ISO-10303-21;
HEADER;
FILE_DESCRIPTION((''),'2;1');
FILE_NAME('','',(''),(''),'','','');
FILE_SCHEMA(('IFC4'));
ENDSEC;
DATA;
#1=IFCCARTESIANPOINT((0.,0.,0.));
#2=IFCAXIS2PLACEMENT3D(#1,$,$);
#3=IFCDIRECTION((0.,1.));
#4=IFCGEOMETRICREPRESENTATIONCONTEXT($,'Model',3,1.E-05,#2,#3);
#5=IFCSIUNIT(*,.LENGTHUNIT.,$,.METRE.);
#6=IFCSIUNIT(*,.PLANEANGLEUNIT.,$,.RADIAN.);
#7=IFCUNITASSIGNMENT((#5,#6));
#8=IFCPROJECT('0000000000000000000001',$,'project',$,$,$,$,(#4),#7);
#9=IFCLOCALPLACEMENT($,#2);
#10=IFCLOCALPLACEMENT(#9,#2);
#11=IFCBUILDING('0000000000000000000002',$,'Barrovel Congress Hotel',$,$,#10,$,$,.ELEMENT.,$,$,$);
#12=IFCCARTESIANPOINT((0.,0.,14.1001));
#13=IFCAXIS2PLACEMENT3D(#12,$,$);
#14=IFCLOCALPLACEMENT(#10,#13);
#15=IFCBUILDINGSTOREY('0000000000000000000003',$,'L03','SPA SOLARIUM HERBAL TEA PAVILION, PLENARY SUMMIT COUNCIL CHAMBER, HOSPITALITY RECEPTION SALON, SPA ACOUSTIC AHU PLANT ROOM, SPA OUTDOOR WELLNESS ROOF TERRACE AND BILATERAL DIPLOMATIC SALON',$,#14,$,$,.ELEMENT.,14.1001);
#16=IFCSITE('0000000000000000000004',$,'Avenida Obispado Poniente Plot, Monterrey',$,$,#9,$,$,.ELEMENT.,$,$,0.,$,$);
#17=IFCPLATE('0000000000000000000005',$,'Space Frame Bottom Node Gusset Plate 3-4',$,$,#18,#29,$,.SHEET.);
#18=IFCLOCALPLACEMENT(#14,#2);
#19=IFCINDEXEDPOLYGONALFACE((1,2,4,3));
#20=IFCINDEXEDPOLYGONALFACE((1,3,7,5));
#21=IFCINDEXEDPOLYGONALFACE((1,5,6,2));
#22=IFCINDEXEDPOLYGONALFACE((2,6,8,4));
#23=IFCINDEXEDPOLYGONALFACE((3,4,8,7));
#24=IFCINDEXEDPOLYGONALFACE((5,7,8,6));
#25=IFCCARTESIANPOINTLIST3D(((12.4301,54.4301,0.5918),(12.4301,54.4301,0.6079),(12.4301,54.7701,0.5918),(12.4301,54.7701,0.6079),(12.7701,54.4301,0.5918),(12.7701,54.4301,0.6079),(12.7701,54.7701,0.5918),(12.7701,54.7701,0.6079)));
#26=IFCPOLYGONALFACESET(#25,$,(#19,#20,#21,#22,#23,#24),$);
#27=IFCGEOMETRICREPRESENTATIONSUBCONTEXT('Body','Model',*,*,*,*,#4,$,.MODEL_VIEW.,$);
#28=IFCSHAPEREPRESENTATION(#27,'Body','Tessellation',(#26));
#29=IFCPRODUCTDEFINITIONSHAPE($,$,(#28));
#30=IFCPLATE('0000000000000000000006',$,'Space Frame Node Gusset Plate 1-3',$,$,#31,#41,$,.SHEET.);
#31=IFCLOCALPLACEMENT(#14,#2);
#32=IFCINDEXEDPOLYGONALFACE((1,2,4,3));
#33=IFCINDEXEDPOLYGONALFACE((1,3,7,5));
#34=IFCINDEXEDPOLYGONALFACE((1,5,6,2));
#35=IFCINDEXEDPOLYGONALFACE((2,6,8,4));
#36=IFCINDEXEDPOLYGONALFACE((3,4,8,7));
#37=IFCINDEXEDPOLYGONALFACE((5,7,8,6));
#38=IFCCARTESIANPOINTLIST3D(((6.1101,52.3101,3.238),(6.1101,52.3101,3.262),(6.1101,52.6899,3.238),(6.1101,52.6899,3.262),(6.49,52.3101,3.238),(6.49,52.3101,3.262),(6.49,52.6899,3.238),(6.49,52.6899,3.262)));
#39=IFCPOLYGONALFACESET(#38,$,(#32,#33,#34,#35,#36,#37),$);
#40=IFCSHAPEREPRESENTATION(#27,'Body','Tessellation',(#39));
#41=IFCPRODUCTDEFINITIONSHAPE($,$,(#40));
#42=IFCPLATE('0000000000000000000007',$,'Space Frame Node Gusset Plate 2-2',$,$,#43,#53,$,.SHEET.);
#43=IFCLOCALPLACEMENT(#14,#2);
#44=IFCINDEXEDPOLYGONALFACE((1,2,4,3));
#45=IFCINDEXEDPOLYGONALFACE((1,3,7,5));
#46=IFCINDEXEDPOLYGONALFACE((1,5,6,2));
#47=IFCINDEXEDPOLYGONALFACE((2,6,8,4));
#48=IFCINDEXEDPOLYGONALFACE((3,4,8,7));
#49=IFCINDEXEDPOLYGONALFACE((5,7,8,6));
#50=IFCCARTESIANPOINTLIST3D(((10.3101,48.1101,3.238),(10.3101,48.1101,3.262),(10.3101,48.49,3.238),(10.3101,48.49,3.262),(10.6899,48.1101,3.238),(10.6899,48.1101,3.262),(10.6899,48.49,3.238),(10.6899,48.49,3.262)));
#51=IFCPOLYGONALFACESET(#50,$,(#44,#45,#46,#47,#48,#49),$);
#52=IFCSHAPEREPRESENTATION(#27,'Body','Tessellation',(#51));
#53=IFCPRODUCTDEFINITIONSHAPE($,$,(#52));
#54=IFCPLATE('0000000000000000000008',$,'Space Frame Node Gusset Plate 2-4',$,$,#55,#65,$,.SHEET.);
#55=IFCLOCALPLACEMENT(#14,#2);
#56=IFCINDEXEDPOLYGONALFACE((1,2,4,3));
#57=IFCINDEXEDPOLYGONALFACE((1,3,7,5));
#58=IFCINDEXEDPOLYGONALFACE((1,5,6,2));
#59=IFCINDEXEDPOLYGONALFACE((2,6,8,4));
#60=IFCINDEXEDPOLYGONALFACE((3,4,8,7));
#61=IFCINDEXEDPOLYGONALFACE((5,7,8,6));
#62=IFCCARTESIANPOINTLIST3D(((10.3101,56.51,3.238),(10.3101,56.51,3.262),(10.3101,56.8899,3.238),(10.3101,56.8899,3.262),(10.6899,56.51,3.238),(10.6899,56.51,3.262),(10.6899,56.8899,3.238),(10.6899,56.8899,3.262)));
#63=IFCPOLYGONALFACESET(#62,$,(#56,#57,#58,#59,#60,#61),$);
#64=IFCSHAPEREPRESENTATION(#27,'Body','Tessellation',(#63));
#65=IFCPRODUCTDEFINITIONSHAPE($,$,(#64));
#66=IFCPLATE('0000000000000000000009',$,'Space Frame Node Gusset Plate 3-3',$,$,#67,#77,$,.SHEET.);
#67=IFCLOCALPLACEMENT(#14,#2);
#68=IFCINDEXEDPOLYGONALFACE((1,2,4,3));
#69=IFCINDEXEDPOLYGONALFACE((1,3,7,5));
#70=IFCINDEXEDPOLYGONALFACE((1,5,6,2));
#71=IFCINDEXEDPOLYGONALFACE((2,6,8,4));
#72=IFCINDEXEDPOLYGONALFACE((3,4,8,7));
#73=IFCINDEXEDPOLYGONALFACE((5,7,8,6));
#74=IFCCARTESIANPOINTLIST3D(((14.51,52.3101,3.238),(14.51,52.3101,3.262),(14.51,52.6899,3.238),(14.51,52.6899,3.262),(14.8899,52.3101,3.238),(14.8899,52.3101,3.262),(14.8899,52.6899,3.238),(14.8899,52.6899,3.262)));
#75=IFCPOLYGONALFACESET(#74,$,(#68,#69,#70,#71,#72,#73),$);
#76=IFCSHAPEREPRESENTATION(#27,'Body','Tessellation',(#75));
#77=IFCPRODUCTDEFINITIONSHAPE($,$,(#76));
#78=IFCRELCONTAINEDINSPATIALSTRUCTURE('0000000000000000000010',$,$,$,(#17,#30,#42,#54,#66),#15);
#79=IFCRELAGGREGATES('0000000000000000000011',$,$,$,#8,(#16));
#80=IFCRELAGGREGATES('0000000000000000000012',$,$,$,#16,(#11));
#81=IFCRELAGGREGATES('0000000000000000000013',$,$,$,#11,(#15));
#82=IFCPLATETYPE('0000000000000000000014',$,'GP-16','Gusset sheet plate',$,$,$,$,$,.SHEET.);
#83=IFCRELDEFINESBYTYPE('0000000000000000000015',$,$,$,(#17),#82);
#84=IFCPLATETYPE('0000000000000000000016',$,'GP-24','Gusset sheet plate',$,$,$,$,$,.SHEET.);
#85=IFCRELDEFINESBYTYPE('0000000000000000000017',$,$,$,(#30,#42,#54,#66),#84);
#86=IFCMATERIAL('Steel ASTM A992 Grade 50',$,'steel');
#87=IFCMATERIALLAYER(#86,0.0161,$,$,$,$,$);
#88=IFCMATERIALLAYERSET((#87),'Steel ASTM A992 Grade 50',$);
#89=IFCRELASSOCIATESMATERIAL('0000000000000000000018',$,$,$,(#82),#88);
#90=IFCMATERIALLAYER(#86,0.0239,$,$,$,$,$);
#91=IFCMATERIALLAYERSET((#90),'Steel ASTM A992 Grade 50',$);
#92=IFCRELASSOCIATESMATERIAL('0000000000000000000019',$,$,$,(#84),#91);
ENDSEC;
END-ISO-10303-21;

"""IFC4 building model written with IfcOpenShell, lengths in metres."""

from ifc_helpers import new_model, si_unit, direction, frame, origin, origin_2d, place, context, subcontext, project, spatial, rectangle, extrude, material, layer, layer_set, type_object, element, save


model = new_model("IFC4")

# Units and contexts
model_context = context("Model", 3, precision=1e-05, world=origin(), true_north=direction((0.0, 1.0)))
body_context = subcontext(model_context, "Body", "Model", "MODEL_VIEW")
ifc_project = project(units=[si_unit("LENGTHUNIT", "METRE"), si_unit("PLANEANGLEUNIT", "RADIAN")], contexts=[model_context])

# Site, building, storey
site_placement = place(None, origin())
site = spatial("IfcSite", under=ifc_project, at=site_placement, Name="Avenida Obispado Poniente Plot, Monterrey", CompositionType="ELEMENT", RefElevation=0.0)
building_placement = place(site_placement, origin())
building = spatial("IfcBuilding", under=site, at=building_placement, Name="Barrovel Congress Hotel", CompositionType="ELEMENT")
storey_placement = place(building_placement, frame((0.0, 0.0, 14.1001)))
storey = spatial("IfcBuildingStorey", under=building, at=storey_placement, Name="L03", Description="SPA SOLARIUM HERBAL TEA PAVILION, PLENARY SUMMIT COUNCIL CHAMBER, HOSPITALITY RECEPTION SALON, SPA ACOUSTIC AHU PLANT ROOM, SPA OUTDOOR WELLNESS ROOF TERRACE AND BILATERAL DIPLOMATIC SALON", CompositionType="ELEMENT", Elevation=14.1001)

# Plates
ifc_material_1 = material(Name="Steel ASTM A992 Grade 50", Category="steel")
ifc_layer_1 = layer(ifc_material_1, 0.0161)
ifc_layer_set_1 = layer_set([ifc_layer_1], Name="Steel ASTM A992 Grade 50")
plate_type_1 = type_object("IfcPlateType", Name="GP-16", Description="Gusset sheet plate", PredefinedType="SHEET", material=ifc_layer_set_1)
for number, where, z_axis, x_axis, name in (
    (1, (12.6001, 54.6001, 0.5918), (0.0, 0.0, 1.0), (1.0, 0.0, 0.0), "Space Frame Bottom Node Gusset Plate 3-4"),
):
    element("IfcPlate", number, at=place(storey_placement, frame(where, z_axis=z_axis, x_axis=x_axis)), inside=storey, type_object=plate_type_1, Name=name, PredefinedType="SHEET", context=body_context, shape_type="SweptSolid", body=[
        extrude(rectangle(XDim=0.3401, YDim=0.3401, at=origin_2d()), origin(), (0.0, 0.0, 1.0), 0.0161),
    ])
ifc_layer_2 = layer(ifc_material_1, 0.0239)
ifc_layer_set_2 = layer_set([ifc_layer_2], Name="Steel ASTM A992 Grade 50")
plate_type_2 = type_object("IfcPlateType", Name="GP-24", Description="Gusset sheet plate", PredefinedType="SHEET", material=ifc_layer_set_2)
for number, where, z_axis, x_axis, name in (
    (2, (6.3, 52.5, 3.238), (0.0, 0.0, 1.0), (1.0, 0.0, 0.0), "Space Frame Node Gusset Plate 1-3"),
    (3, (10.5, 48.3, 3.238), (0.0, 0.0, 1.0), (1.0, 0.0, 0.0), "Space Frame Node Gusset Plate 2-2"),
    (4, (10.5, 56.7, 3.238), (0.0, 0.0, 1.0), (1.0, 0.0, 0.0), "Space Frame Node Gusset Plate 2-4"),
    (5, (14.7, 52.5, 3.238), (0.0, 0.0, 1.0), (1.0, 0.0, 0.0), "Space Frame Node Gusset Plate 3-3"),
):
    element("IfcPlate", number, at=place(storey_placement, frame(where, z_axis=z_axis, x_axis=x_axis)), inside=storey, type_object=plate_type_2, Name=name, PredefinedType="SHEET", context=body_context, shape_type="SweptSolid", body=[
        extrude(rectangle(XDim=0.3799, YDim=0.3799, at=origin_2d()), origin(), (0.0, 0.0, 1.0), 0.0239),
    ])

save(model, "model.ifc")
